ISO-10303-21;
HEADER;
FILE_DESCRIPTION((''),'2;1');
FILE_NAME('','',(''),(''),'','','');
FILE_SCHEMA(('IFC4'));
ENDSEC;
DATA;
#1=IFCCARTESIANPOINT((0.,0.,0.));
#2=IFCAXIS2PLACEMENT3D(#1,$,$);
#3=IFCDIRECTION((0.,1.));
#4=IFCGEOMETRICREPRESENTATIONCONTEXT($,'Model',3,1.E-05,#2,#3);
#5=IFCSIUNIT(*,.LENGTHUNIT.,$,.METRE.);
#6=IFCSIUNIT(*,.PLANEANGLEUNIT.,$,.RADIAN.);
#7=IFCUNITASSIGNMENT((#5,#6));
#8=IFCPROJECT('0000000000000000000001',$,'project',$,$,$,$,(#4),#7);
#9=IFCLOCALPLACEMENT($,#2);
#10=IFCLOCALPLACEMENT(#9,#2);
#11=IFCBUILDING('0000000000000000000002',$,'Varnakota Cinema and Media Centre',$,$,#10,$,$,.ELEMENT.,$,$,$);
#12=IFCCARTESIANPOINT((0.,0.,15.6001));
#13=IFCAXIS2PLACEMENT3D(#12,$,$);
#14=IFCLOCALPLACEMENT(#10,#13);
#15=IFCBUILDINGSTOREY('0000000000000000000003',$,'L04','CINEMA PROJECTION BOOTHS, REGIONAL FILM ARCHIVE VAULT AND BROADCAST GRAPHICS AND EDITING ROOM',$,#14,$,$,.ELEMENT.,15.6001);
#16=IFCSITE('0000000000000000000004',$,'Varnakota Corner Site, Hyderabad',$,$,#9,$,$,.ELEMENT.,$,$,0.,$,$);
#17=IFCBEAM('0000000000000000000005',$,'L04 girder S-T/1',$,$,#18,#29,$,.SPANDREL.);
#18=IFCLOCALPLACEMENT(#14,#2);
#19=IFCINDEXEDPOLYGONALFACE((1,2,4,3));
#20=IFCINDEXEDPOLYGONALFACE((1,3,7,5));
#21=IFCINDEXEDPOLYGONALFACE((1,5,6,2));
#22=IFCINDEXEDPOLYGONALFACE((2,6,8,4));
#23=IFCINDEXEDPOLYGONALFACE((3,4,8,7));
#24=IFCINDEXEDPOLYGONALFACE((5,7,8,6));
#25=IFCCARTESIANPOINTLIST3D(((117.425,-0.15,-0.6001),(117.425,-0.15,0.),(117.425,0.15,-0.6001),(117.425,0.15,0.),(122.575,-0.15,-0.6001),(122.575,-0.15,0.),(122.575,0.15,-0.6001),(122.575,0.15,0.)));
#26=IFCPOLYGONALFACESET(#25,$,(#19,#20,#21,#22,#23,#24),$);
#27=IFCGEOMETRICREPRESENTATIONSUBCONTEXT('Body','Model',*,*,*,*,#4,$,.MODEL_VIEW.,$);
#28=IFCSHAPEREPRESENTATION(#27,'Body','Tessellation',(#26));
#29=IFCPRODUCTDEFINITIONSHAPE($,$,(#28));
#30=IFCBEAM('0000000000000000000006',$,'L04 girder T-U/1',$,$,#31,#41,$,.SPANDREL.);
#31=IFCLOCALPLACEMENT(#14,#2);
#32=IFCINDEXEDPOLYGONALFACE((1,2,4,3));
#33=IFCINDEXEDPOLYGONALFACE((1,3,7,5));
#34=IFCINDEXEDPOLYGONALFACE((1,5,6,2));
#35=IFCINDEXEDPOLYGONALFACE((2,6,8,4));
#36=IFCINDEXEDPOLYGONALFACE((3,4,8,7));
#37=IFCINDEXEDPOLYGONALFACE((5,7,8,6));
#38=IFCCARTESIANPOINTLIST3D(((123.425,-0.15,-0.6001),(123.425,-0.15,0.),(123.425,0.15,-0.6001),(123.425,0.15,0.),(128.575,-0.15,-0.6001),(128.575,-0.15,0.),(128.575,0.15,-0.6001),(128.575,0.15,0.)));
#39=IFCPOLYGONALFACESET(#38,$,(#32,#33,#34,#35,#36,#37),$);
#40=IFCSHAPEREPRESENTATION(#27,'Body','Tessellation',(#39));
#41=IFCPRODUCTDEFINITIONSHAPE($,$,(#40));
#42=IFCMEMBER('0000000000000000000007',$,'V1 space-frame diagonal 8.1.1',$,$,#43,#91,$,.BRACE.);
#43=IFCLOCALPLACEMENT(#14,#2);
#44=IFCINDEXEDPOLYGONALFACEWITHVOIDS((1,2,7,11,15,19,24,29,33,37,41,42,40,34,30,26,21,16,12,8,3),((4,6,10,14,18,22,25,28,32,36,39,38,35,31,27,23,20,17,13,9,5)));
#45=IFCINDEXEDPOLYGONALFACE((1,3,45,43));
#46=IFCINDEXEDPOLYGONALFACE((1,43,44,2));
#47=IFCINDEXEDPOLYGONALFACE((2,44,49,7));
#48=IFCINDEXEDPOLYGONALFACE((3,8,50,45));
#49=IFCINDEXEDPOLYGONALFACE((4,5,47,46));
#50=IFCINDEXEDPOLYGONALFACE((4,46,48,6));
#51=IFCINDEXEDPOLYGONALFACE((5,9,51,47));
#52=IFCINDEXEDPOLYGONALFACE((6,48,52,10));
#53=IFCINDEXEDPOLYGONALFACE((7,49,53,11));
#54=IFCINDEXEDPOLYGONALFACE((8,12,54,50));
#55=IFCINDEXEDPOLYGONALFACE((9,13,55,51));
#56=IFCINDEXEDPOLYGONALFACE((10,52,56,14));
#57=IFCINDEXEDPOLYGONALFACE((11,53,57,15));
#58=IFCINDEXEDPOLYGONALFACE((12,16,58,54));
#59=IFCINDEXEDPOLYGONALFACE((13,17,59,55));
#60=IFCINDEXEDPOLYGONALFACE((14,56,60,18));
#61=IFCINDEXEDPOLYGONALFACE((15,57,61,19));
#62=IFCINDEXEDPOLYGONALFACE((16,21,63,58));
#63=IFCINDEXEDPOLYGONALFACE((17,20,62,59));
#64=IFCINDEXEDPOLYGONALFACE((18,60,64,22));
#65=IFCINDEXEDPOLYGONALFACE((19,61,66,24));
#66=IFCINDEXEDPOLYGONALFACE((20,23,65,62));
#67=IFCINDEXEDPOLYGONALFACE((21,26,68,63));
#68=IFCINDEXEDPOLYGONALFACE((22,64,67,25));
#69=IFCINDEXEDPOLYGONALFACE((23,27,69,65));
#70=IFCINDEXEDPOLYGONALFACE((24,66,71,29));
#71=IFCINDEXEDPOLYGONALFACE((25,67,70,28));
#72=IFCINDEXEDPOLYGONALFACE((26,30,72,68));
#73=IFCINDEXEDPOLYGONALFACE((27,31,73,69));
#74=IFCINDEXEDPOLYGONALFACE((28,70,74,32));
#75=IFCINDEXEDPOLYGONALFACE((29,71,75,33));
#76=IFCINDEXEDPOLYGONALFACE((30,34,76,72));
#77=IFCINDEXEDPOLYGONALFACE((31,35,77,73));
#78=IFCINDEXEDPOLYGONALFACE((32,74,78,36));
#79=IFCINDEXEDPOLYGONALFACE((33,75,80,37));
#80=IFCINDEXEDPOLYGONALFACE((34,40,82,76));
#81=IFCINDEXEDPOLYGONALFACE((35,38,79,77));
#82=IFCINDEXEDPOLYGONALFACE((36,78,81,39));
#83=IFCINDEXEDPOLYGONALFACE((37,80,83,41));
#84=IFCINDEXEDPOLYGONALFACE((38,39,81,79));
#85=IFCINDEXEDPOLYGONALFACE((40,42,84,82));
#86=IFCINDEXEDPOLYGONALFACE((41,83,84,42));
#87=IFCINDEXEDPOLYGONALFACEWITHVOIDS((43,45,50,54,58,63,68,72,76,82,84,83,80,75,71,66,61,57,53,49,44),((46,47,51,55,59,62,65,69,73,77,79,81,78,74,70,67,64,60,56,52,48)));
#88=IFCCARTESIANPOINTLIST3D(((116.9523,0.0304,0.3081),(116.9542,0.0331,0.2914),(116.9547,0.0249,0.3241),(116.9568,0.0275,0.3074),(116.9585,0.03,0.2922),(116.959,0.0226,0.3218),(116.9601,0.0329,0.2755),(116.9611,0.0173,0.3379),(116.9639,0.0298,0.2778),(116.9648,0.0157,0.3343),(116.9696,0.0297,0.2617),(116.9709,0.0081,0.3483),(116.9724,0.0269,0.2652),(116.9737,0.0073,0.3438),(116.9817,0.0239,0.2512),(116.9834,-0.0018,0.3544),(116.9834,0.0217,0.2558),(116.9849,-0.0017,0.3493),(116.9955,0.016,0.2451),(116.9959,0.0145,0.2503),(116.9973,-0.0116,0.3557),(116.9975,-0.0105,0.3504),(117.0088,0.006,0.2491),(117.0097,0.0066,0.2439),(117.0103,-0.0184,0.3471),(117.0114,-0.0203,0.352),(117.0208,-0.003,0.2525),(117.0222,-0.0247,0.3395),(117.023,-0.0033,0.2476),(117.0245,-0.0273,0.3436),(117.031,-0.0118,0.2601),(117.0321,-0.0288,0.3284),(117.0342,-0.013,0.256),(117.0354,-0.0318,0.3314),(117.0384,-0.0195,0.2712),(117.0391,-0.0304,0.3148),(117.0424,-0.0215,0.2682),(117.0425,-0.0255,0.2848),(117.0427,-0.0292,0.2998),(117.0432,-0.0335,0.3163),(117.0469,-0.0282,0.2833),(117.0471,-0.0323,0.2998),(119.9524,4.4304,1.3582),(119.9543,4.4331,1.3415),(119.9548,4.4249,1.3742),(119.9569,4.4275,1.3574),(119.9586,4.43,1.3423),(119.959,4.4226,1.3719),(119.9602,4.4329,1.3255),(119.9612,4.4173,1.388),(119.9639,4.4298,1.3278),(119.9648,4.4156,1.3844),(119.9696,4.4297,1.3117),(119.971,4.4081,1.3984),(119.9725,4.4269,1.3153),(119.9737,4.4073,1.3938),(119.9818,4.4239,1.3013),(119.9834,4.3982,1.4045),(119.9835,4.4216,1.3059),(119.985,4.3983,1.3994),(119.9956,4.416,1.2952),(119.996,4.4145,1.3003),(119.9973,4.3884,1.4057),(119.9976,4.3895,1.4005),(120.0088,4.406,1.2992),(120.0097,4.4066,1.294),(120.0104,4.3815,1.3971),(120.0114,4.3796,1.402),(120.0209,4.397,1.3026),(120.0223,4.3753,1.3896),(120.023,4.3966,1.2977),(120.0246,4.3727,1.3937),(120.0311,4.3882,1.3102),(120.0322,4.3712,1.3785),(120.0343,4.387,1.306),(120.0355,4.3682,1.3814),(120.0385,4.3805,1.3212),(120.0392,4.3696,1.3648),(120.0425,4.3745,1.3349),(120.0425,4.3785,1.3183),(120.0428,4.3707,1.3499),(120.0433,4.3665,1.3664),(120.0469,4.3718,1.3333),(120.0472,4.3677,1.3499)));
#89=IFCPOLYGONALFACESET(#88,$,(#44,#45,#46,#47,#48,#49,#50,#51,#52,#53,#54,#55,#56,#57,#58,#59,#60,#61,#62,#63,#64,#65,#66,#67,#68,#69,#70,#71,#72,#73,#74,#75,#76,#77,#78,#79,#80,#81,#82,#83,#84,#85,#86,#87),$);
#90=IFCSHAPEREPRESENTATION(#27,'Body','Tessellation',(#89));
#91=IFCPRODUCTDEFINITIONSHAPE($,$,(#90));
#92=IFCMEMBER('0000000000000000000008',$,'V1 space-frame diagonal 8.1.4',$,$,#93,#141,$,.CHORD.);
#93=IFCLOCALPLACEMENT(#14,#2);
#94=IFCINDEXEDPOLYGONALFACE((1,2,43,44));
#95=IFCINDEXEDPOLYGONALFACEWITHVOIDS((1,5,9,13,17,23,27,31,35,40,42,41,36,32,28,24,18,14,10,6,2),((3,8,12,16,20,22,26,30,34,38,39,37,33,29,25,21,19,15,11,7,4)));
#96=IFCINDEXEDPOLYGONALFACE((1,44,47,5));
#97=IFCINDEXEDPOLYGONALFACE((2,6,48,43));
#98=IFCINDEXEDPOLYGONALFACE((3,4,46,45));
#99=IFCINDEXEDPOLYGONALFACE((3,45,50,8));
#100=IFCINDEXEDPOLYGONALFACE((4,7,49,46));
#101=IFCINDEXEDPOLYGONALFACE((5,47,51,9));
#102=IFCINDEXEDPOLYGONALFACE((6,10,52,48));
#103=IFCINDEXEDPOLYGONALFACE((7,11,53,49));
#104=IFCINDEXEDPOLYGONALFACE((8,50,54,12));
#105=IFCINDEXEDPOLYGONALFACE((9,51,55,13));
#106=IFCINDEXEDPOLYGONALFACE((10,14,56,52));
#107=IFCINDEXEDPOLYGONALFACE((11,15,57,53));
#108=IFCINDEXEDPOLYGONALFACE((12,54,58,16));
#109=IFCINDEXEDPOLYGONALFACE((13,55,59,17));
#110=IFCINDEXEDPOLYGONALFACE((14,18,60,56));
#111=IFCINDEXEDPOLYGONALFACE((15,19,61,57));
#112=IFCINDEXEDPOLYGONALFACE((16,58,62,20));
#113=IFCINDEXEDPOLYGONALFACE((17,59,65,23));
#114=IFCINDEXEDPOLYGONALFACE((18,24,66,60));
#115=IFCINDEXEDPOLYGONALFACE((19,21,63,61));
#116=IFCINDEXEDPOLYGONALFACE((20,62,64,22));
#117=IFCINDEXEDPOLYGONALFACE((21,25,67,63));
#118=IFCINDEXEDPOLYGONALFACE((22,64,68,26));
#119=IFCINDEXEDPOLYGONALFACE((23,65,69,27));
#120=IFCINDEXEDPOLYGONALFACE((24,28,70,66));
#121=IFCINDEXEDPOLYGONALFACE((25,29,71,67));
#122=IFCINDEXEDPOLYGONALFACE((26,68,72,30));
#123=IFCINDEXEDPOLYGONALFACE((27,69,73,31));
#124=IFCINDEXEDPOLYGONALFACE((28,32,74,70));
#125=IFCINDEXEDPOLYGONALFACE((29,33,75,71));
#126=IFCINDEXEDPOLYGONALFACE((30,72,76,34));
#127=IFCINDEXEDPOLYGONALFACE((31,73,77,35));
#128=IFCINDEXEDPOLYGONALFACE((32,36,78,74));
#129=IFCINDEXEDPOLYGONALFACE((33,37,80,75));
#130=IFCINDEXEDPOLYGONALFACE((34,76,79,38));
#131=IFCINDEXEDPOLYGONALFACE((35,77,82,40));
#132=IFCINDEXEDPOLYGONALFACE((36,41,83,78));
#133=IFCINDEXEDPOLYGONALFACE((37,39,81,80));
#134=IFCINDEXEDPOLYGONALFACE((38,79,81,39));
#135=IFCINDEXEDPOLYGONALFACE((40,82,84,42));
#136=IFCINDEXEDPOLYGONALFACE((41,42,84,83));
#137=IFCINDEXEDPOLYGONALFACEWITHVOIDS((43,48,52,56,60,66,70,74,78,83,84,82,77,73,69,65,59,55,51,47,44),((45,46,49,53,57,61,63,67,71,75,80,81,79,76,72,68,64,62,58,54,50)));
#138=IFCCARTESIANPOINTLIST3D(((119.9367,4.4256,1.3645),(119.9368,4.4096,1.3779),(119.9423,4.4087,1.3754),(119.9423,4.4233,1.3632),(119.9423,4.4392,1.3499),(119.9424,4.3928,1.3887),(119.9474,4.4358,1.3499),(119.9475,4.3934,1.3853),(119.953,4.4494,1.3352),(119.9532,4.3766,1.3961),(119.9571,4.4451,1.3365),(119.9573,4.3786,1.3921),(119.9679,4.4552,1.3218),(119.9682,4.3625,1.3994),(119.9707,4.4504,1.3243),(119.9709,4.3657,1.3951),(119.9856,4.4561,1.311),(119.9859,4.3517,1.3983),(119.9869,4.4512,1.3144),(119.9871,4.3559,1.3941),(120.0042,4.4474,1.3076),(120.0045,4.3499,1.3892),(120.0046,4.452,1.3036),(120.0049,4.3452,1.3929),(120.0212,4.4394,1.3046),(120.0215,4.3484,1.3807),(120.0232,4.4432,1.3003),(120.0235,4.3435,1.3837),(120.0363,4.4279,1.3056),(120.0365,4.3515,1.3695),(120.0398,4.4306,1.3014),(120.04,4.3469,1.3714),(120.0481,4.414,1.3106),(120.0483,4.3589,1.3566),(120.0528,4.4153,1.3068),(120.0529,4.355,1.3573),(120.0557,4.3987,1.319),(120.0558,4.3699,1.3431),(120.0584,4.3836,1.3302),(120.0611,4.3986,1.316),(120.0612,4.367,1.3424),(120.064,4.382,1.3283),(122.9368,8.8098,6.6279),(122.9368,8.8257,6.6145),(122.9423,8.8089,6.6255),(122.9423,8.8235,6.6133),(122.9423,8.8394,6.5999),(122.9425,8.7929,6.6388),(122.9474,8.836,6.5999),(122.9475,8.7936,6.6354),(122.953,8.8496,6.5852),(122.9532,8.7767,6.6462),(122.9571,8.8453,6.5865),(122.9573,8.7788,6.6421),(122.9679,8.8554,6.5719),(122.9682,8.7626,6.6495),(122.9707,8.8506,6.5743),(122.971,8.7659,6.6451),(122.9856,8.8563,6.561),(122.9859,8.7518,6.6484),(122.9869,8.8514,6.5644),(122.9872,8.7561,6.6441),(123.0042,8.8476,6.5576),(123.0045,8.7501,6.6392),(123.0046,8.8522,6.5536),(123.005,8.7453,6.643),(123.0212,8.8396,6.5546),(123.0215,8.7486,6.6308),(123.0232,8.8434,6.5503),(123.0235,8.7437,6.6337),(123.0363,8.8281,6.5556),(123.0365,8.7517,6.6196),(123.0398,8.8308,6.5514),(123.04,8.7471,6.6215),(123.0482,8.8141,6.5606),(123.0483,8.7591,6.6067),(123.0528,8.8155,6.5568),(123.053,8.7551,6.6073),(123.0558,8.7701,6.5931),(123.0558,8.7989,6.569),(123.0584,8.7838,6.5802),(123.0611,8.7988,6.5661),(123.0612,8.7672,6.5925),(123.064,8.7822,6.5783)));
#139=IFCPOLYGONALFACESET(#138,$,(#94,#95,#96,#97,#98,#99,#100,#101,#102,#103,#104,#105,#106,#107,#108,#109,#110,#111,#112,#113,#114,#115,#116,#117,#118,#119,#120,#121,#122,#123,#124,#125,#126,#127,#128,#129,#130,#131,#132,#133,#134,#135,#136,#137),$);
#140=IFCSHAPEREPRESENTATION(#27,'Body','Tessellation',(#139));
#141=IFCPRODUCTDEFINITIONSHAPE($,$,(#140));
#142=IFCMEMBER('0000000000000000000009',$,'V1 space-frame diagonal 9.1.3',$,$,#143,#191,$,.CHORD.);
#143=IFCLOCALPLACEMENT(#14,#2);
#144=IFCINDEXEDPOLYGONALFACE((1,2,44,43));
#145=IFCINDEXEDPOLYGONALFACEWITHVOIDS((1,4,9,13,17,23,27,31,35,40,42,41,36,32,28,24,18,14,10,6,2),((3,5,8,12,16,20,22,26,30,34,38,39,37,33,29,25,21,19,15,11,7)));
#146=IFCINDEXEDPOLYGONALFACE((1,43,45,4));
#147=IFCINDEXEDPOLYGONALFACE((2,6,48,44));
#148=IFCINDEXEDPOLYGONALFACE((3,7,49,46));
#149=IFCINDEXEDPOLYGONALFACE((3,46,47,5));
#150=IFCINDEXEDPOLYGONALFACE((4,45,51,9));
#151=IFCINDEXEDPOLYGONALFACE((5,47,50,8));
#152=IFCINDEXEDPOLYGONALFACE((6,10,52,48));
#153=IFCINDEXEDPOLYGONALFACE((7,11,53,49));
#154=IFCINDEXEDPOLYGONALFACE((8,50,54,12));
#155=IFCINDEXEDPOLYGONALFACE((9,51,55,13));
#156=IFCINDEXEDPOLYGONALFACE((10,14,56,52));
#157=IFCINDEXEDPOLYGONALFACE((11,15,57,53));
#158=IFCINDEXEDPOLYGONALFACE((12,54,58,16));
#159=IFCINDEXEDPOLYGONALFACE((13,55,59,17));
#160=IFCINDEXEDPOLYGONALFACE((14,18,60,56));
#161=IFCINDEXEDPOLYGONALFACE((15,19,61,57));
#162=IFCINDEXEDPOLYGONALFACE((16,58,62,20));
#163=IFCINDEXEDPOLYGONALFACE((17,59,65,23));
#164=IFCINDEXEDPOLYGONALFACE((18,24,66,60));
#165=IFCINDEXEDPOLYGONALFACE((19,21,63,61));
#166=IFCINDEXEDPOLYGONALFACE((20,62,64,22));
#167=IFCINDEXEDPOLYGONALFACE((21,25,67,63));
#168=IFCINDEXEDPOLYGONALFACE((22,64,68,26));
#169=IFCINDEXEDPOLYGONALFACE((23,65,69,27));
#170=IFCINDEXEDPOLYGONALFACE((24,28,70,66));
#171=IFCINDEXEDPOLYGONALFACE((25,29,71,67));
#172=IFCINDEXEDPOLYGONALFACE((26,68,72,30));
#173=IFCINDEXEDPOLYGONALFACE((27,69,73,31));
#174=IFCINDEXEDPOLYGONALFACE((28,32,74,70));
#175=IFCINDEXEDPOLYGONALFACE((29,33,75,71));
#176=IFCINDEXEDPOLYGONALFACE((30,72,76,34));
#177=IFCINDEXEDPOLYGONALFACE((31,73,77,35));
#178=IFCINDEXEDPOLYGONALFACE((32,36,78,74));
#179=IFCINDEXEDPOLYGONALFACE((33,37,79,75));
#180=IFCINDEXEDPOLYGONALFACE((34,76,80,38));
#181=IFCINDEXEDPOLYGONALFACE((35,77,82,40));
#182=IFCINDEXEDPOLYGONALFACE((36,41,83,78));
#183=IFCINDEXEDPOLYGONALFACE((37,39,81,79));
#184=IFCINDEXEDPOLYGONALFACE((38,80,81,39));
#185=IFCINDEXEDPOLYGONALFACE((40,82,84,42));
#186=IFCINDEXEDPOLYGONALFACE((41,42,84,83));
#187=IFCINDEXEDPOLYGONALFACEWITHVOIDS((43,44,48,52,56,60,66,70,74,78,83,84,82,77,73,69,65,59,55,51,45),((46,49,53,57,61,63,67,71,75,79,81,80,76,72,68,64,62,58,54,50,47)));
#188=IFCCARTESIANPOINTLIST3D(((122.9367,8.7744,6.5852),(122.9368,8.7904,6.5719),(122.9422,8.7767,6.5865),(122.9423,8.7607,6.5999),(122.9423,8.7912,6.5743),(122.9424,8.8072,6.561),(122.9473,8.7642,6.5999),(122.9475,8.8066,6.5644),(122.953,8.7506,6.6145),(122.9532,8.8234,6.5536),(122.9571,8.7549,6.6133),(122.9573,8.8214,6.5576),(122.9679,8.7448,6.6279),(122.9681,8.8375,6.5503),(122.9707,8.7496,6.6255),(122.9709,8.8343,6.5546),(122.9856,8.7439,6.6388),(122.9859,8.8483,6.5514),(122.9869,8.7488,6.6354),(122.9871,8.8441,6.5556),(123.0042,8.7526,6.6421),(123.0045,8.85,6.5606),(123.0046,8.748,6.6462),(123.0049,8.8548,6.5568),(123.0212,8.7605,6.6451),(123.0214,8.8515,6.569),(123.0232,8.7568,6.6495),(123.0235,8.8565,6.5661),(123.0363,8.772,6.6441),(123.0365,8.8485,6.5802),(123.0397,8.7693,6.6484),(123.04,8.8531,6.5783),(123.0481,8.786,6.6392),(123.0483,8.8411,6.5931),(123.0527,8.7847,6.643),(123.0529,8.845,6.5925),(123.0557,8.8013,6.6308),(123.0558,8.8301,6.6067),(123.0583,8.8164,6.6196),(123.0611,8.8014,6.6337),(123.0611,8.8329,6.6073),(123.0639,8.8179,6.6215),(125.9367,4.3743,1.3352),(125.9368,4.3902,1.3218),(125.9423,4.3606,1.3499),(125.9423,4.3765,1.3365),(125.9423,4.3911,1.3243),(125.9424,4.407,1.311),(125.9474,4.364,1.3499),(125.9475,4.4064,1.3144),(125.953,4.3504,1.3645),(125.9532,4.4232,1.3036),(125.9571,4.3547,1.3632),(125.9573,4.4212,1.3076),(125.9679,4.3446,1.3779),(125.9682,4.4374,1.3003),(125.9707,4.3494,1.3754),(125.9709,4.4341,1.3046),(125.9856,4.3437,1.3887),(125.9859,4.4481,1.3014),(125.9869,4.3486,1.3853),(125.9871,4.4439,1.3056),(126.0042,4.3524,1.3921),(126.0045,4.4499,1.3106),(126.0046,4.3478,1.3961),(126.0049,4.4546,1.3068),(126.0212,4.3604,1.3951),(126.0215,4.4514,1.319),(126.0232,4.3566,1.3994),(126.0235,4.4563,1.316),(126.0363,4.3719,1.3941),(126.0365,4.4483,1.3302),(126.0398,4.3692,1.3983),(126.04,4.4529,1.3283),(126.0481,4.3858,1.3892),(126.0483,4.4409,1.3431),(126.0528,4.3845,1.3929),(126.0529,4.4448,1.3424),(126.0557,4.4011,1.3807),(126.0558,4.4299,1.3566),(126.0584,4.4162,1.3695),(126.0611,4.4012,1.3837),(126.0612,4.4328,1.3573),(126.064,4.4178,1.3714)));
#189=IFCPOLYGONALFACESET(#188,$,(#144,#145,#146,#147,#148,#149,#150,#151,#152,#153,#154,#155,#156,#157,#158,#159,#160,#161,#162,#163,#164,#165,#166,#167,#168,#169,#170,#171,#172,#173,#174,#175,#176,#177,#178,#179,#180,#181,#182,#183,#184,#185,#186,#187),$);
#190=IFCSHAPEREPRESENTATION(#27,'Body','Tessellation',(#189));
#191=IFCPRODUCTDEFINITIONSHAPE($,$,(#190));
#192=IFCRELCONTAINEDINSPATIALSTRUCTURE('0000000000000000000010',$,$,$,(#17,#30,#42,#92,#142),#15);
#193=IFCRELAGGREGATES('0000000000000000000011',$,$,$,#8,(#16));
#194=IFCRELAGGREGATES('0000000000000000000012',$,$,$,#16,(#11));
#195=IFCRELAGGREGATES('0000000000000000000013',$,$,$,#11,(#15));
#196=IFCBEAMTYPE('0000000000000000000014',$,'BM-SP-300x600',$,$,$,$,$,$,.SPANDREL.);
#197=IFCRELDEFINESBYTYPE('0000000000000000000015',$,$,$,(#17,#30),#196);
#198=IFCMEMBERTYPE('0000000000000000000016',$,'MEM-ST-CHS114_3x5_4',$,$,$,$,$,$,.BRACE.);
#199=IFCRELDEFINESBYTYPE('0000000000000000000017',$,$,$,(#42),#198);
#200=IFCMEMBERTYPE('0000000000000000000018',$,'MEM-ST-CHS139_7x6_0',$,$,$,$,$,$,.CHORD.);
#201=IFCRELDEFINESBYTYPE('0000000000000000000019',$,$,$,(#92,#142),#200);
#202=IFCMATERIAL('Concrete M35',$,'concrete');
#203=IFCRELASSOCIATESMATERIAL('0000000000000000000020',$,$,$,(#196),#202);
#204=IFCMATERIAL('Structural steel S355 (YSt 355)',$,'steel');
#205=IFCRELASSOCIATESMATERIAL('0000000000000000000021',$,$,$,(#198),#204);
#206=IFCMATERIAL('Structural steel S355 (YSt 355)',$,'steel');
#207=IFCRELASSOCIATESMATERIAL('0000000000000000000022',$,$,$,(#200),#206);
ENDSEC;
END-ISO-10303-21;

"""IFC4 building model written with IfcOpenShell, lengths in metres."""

from ifc_helpers import new_model, si_unit, direction, frame, origin, origin_2d, place, context, subcontext, project, spatial, rectangle, hollow_circle, extrude, material, material_profile, profile_set, type_object, element, save


model = new_model("IFC4")

# Units and contexts
model_context = context("Model", 3, precision=1e-05, world=origin(), true_north=direction((0.0, 1.0)))
body_context = subcontext(model_context, "Body", "Model", "MODEL_VIEW")
ifc_project = project(units=[si_unit("LENGTHUNIT", "METRE"), si_unit("PLANEANGLEUNIT", "RADIAN")], contexts=[model_context])

# Site, building, storey
site_placement = place(None, origin())
site = spatial("IfcSite", under=ifc_project, at=site_placement, Name="Varnakota Corner Site, Hyderabad", CompositionType="ELEMENT", RefElevation=0.0)
building_placement = place(site_placement, origin())
building = spatial("IfcBuilding", under=site, at=building_placement, Name="Varnakota Cinema and Media Centre", CompositionType="ELEMENT")
storey_placement = place(building_placement, frame((0.0, 0.0, 15.6001)))
storey = spatial("IfcBuildingStorey", under=building, at=storey_placement, Name="L04", Description="CINEMA PROJECTION BOOTHS, REGIONAL FILM ARCHIVE VAULT AND BROADCAST GRAPHICS AND EDITING ROOM", CompositionType="ELEMENT", Elevation=15.6001)

# Beams
ifc_material_1 = material(Name="Concrete M35", Category="concrete")
ifc_material_profile_1 = material_profile(ifc_material_1, rectangle(XDim=0.3, YDim=0.6001, at=origin_2d()), Name="RCB 300x600")
ifc_profile_set_1 = profile_set([ifc_material_profile_1], Name="Concrete M35")
beam_type = type_object("IfcBeamType", Name="BM-SP-300x600", PredefinedType="SPANDREL", material=ifc_profile_set_1)
for number, where, z_axis, x_axis, name in (
    (1, (117.425, 0.0, -0.3), (1.0, 0.0, 0.0), (0.0, 1.0, 0.0), "L04 girder S-T/1"),
    (2, (123.425, 0.0, -0.3), (1.0, 0.0, 0.0), (0.0, 1.0, 0.0), "L04 girder T-U/1"),
):
    element("IfcBeam", number, at=place(storey_placement, frame(where, z_axis=z_axis, x_axis=x_axis)), inside=storey, type_object=beam_type, Name=name, PredefinedType="SPANDREL", context=body_context, shape_type="SweptSolid", body=[
        extrude(rectangle(XDim=0.3, YDim=0.6001, at=origin_2d()), origin(), (0.0, 0.0, 1.0), 5.1499),
    ])

# Members
ifc_material_2 = material(Name="Structural steel S355 (YSt 355)", Category="steel")
ifc_material_profile_2 = material_profile(ifc_material_2, hollow_circle(Radius=0.0571, WallThickness=0.0054, at=origin_2d()), Name="CHS 114.3x5.4")
ifc_profile_set_2 = profile_set([ifc_material_profile_2], Name="Structural steel S355 (YSt 355)")
member_type_1 = type_object("IfcMemberType", Name="MEM-ST-CHS114_3x5_4", PredefinedType="BRACE", material=ifc_profile_set_2)
member_1_placement = place(storey_placement, frame((120.0, 4.3999, 1.3499), z_axis=(-0.552703, -0.810613, -0.193455), x_axis=(0.826222, -0.563345, 0.0)))
element("IfcMember", 3, at=member_1_placement, inside=storey, type_object=member_type_1, Name="V1 space-frame diagonal 8.1.1", PredefinedType="BRACE", context=body_context, shape_type="SweptSolid", body=[
    extrude(hollow_circle(Radius=0.0571, WallThickness=0.0054, at=origin_2d()), origin(), (0.0, 0.0, 1.0), 5.428),
])
ifc_material_3 = material(Name="Structural steel S355 (YSt 355)", Category="steel")
ifc_material_profile_3 = material_profile(ifc_material_3, hollow_circle(Radius=0.0698, WallThickness=0.0061, at=origin_2d()), Name="CHS 139.7x6.0")
ifc_profile_set_3 = profile_set([ifc_material_profile_3], Name="Structural steel S355 (YSt 355)")
member_type_2 = type_object("IfcMemberType", Name="MEM-ST-CHS139_7x6_0", PredefinedType="CHORD", material=ifc_profile_set_3)
for number, where, z_axis, x_axis, name in (
    (4, (120.0, 4.3999, 1.3499), (0.401165, 0.588395, 0.702039), (-0.826236, 0.563324, 0.0), "V1 space-frame diagonal 8.1.4"),
    (5, (126.0, 4.3999, 1.3499), (-0.401165, 0.588395, 0.702039), (-0.826236, -0.563324, 0.0), "V1 space-frame diagonal 9.1.3"),
):
    element("IfcMember", number, at=place(storey_placement, frame(where, z_axis=z_axis, x_axis=x_axis)), inside=storey, type_object=member_type_2, Name=name, PredefinedType="CHORD", context=body_context, shape_type="SweptSolid", body=[
        extrude(hollow_circle(Radius=0.0698, WallThickness=0.0061, at=origin_2d()), origin(), (0.0, 0.0, 1.0), 7.4783),
    ])

save(model, "model.ifc")
